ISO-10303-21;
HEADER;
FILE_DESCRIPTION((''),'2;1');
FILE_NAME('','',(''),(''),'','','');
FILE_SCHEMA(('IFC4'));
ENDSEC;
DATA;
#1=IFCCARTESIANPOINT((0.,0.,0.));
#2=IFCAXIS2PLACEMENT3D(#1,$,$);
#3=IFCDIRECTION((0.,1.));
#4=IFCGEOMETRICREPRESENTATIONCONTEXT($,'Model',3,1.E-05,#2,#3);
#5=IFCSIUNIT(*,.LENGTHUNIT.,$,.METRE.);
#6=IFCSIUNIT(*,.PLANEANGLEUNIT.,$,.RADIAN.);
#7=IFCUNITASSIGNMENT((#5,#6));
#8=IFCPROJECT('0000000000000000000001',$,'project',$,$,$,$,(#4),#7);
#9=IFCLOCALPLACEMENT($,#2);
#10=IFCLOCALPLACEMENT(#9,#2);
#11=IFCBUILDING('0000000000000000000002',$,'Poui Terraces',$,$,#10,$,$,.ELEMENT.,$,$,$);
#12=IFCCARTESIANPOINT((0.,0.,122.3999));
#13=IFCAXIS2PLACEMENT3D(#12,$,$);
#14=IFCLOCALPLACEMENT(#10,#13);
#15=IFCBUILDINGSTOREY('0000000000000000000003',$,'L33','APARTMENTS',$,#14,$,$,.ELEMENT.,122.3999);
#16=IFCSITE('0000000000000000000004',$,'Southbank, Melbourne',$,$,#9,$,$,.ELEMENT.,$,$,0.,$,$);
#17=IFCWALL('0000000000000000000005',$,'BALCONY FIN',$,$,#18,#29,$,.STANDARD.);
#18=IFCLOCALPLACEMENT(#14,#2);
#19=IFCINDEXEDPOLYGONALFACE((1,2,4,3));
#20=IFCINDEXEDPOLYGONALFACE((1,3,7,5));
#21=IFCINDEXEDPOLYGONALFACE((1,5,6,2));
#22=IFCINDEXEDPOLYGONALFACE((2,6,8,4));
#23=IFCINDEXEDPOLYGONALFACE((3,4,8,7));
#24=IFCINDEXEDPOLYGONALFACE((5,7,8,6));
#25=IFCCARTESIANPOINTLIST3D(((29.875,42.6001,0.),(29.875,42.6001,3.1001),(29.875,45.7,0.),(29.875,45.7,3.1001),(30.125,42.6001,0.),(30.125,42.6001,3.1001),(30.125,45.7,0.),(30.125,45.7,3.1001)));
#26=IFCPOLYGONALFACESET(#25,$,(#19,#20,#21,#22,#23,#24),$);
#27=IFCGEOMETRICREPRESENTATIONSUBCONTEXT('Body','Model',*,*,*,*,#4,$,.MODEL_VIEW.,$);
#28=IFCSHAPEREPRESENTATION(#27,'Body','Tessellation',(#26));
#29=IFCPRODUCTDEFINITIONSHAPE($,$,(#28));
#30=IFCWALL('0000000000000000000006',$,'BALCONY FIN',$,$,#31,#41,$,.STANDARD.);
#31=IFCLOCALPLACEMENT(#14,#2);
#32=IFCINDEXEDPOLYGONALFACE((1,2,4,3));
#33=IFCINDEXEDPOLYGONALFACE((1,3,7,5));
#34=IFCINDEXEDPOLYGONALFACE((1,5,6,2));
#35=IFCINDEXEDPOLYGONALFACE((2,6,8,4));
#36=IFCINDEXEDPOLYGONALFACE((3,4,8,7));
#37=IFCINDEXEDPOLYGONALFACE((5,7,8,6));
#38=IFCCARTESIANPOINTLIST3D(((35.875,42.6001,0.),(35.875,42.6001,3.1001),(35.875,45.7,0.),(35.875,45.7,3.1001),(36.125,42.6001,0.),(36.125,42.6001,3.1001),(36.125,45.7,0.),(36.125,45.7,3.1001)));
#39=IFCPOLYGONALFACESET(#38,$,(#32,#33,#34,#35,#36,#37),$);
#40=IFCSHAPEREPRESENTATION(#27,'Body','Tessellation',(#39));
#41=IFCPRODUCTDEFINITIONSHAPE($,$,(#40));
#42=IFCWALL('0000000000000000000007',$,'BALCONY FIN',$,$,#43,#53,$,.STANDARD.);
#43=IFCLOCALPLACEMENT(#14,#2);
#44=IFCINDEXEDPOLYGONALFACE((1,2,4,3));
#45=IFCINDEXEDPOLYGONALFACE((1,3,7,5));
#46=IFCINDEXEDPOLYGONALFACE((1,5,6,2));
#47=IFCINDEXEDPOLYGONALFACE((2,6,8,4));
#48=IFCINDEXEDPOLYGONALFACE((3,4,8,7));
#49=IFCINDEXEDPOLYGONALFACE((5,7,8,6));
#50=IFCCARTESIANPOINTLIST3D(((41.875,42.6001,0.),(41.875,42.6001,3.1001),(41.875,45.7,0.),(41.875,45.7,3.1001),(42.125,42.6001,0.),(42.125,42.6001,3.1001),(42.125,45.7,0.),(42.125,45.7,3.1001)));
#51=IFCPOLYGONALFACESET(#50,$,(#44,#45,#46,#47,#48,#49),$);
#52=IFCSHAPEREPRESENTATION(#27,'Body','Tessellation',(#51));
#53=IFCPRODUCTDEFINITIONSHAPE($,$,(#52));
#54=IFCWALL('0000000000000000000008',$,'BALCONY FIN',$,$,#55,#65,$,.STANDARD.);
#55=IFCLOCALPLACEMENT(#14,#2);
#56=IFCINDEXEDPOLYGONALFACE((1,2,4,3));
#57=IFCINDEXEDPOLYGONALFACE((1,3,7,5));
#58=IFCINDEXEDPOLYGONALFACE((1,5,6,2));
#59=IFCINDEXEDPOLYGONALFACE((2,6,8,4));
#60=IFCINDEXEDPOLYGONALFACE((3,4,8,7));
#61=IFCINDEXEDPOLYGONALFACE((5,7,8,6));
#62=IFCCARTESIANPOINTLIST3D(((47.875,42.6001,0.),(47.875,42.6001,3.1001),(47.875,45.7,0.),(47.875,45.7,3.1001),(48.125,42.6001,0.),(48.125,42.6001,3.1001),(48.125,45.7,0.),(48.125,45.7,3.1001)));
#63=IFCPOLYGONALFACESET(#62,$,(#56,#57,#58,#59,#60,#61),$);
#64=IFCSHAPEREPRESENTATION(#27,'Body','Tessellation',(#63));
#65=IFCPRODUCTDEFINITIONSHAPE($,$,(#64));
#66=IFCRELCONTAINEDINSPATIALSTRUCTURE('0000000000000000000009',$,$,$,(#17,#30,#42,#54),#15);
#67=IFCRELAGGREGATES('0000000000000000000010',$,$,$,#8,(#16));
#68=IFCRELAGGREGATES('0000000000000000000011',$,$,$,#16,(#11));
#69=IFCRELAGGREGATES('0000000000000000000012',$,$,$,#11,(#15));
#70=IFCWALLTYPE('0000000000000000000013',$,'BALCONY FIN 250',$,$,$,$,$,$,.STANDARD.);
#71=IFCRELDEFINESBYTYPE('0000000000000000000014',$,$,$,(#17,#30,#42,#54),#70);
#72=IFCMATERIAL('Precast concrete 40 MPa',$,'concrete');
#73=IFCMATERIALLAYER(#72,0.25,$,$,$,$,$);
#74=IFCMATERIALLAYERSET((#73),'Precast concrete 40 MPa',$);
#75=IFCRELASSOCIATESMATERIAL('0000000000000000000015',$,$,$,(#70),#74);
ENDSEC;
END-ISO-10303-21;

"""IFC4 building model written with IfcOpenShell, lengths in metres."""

from ifc_helpers import new_model, si_unit, direction, frame, origin, place, context, subcontext, project, spatial, polyline, outline, extrude, source, transform, mapped, material, layer, layer_set, type_object, element, save


model = new_model("IFC4")

# Units and contexts
model_context = context("Model", 3, precision=1e-05, world=origin(), true_north=direction((0.0, 1.0)))
body_context = subcontext(model_context, "Body", "Model", "MODEL_VIEW")
ifc_project = project(units=[si_unit("LENGTHUNIT", "METRE"), si_unit("PLANEANGLEUNIT", "RADIAN")], contexts=[model_context])

# Site, building, storey
site_placement = place(None, origin())
site = spatial("IfcSite", under=ifc_project, at=site_placement, Name="Southbank, Melbourne", CompositionType="ELEMENT", RefElevation=0.0)
building_placement = place(site_placement, origin())
building = spatial("IfcBuilding", under=site, at=building_placement, Name="Poui Terraces", CompositionType="ELEMENT")
storey_placement = place(building_placement, frame((0.0, 0.0, 122.3999)))
storey = spatial("IfcBuildingStorey", under=building, at=storey_placement, Name="L33", Description="APARTMENTS", CompositionType="ELEMENT", Elevation=122.3999)

# Walls
ifc_material_1 = material(Name="Precast concrete 40 MPa", Category="concrete")
ifc_layer_1 = layer(ifc_material_1, 0.25)
ifc_layer_set_1 = layer_set([ifc_layer_1], Name="Precast concrete 40 MPa")
wall_type_1 = type_object("IfcWallType", Name="BALCONY FIN 250", PredefinedType="STANDARD", material=ifc_layer_set_1)
shared_shape_1 = source(origin(), body_context, "Body", "SweptSolid", [
    extrude(outline(polyline([(0.0, 0.0), (0.25, 0.0), (0.25, 3.0999), (0.0, 3.0999), (0.0, 0.0)])), origin(), (0.0, 0.0, 1.0), 3.1001),
])
for number, where, name in (
    (1, (29.875, 42.6001, 0.0), "BALCONY FIN"),
    (2, (35.875, 42.6001, 0.0), "BALCONY FIN"),
    (3, (41.875, 42.6001, 0.0), "BALCONY FIN"),
    (4, (47.875, 42.6001, 0.0), "BALCONY FIN"),
):
    element("IfcWall", number, at=place(storey_placement, frame(where)), inside=storey, type_object=wall_type_1, Name=name, PredefinedType="STANDARD", context=body_context, shape_type="MappedRepresentation", body=[
        mapped(shared_shape_1, transform((0.0, 0.0, 0.0))),
    ])

save(model, "model.ifc")
